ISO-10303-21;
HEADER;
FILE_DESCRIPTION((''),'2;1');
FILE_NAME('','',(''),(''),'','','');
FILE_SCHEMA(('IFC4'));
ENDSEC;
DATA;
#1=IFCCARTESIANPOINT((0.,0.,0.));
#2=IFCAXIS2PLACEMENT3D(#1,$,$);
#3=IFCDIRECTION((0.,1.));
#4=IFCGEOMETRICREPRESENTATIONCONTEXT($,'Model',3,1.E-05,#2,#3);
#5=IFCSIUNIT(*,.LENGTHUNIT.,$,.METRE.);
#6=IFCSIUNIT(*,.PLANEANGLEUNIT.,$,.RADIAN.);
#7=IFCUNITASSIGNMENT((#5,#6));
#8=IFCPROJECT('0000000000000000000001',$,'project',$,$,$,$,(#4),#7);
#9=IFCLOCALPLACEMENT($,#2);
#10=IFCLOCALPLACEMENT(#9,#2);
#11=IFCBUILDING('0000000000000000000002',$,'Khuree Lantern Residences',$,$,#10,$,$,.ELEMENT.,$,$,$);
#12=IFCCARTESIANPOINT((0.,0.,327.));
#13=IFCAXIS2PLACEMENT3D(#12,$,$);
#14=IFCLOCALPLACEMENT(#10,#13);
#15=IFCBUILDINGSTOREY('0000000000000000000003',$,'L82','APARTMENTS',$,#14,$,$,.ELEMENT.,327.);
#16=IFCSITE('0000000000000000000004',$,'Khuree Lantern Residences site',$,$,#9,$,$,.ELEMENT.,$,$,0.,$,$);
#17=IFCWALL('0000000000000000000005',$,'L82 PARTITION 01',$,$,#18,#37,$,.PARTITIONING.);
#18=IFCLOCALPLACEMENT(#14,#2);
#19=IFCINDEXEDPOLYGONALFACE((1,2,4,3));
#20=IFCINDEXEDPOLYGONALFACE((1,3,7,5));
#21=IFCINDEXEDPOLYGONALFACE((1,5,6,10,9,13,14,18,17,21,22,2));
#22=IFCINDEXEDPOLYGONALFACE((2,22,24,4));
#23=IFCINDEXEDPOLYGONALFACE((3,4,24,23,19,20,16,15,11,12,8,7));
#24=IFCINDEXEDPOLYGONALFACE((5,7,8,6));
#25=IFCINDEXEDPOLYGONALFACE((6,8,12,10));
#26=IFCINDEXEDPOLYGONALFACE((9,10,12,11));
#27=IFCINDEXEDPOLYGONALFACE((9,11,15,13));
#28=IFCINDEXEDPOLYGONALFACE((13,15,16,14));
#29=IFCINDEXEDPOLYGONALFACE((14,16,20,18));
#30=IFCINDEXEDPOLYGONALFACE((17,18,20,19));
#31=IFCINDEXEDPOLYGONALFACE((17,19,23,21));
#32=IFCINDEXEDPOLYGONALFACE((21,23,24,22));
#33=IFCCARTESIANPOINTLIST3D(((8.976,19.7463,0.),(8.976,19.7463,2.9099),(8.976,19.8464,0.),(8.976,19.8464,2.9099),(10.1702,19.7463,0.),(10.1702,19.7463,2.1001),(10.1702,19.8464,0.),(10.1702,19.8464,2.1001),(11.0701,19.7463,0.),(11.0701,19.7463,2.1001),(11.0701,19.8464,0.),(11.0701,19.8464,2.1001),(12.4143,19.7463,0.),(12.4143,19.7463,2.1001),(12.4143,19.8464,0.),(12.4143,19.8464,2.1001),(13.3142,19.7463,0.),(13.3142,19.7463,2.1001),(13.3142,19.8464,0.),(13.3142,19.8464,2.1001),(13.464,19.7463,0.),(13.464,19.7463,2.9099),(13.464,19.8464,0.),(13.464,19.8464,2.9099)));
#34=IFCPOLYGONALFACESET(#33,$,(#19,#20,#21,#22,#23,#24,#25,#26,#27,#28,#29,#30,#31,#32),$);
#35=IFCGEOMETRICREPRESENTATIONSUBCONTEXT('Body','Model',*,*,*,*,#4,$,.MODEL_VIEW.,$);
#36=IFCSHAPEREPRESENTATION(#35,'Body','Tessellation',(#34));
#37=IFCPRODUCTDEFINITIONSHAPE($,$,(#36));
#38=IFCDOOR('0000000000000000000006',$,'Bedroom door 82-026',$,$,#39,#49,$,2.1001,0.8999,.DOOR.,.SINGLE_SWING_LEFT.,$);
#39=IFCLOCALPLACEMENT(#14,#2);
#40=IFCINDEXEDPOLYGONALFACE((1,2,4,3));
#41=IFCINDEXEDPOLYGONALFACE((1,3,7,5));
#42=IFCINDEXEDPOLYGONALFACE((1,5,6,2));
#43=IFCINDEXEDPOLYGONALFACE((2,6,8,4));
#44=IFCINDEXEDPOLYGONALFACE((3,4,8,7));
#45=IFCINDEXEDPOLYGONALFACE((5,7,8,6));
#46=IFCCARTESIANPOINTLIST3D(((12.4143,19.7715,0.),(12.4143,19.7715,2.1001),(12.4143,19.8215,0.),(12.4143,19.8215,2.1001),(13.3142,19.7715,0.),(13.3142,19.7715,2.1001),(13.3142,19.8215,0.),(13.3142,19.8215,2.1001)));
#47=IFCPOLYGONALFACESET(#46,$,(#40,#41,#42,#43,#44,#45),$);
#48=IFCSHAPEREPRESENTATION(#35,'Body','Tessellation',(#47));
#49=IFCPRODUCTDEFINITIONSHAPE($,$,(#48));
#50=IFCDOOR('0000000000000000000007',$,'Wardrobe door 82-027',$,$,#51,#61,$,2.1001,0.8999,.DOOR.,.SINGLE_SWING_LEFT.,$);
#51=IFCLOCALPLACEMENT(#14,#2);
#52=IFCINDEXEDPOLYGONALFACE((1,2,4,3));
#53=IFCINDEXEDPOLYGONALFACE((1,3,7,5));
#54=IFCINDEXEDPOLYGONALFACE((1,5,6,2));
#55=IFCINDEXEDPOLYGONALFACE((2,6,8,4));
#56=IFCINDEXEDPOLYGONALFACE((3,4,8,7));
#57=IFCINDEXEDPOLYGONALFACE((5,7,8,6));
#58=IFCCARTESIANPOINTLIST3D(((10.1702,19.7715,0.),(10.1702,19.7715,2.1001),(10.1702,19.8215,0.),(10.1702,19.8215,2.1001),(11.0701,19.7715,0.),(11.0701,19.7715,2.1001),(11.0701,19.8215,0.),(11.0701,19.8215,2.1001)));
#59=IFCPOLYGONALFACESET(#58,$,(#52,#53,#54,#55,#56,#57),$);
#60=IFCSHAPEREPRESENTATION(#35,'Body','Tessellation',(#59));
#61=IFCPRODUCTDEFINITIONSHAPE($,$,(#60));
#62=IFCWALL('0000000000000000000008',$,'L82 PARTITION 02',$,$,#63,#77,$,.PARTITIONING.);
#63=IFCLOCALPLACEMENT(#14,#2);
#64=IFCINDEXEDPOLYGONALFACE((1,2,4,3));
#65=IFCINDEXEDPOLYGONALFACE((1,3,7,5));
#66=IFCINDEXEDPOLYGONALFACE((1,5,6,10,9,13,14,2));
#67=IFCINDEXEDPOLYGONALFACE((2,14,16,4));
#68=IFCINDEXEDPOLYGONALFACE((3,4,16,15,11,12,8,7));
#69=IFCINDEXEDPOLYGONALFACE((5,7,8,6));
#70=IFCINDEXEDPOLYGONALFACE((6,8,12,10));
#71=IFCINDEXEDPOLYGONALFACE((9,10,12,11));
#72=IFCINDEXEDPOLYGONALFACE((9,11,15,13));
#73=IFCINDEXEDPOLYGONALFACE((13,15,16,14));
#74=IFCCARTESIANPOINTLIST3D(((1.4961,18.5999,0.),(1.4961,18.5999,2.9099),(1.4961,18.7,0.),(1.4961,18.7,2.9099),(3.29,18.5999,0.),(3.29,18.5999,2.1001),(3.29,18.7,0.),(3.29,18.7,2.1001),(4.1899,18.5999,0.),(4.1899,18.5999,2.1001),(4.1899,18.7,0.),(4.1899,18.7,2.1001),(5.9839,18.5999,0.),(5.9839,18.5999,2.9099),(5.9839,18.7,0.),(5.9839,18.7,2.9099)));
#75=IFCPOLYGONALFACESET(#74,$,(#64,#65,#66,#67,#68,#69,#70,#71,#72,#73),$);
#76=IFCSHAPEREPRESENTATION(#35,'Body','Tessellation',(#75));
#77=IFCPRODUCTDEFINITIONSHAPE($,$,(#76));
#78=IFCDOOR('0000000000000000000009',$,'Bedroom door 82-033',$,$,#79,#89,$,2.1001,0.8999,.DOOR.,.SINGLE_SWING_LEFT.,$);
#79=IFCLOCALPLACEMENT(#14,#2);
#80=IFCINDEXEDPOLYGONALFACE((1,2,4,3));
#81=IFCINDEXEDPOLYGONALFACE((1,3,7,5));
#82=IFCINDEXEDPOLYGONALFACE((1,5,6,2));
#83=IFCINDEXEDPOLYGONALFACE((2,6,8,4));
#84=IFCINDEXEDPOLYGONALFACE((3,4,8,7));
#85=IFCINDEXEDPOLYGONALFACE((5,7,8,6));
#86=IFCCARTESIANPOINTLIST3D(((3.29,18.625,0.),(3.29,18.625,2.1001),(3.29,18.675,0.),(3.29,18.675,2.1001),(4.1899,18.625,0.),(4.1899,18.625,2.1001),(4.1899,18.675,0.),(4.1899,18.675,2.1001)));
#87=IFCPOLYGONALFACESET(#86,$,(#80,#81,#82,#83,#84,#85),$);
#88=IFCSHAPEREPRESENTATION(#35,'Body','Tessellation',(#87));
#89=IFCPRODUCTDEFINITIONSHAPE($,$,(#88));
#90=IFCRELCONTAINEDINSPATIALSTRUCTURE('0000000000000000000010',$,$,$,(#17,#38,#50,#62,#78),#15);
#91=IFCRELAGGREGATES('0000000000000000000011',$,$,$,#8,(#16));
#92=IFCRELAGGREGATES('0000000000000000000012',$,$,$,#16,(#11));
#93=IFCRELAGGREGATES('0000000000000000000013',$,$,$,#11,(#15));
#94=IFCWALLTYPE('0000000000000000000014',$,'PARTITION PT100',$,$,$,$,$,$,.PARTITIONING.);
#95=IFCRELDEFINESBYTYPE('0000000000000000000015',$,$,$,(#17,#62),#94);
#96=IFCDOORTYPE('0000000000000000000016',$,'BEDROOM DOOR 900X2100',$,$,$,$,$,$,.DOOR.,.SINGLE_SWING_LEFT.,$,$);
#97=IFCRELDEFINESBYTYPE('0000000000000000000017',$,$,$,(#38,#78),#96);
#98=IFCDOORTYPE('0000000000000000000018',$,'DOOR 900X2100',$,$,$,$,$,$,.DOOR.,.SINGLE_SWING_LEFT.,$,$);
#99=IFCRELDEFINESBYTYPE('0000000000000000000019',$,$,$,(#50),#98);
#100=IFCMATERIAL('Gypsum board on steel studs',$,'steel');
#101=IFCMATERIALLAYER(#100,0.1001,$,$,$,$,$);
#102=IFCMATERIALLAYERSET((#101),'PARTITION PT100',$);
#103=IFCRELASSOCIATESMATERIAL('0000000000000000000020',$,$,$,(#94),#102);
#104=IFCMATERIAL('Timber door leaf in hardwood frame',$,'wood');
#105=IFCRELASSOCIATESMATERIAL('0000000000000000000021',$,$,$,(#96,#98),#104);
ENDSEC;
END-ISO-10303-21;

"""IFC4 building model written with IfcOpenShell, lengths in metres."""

from ifc_helpers import new_model, si_unit, direction, frame, frame_2d, origin, place, context, subcontext, project, spatial, rectangle, extrude, material, layer, layer_set, type_object, element, fill, save


model = new_model("IFC4")

# Units and contexts
model_context = context("Model", 3, precision=1e-05, world=origin(), true_north=direction((0.0, 1.0)))
body_context = subcontext(model_context, "Body", "Model", "MODEL_VIEW")
ifc_project = project(units=[si_unit("LENGTHUNIT", "METRE"), si_unit("PLANEANGLEUNIT", "RADIAN")], contexts=[model_context])

# Site, building, storey
site_placement = place(None, origin())
site = spatial("IfcSite", under=ifc_project, at=site_placement, Name="Khuree Lantern Residences site", CompositionType="ELEMENT", RefElevation=0.0)
building_placement = place(site_placement, origin())
building = spatial("IfcBuilding", under=site, at=building_placement, Name="Khuree Lantern Residences", CompositionType="ELEMENT")
storey_placement = place(building_placement, frame((0.0, 0.0, 327.0)))
storey = spatial("IfcBuildingStorey", under=building, at=storey_placement, Name="L82", Description="APARTMENTS", CompositionType="ELEMENT", Elevation=327.0)

# Shared definitions
ifc_material_1 = material(Name="Gypsum board on steel studs", Category="steel")
ifc_layer_1 = layer(ifc_material_1, 0.1001)
ifc_layer_set_1 = layer_set([ifc_layer_1], Name="PARTITION PT100")
wall_type = type_object("IfcWallType", Name="PARTITION PT100", PredefinedType="PARTITIONING", material=ifc_layer_set_1)

# Wall, openings, doors
wall_1_placement = place(storey_placement, frame((13.4641, 19.7964, 0.0), z_axis=(0.0, 0.0, 1.0), x_axis=(-1.0, 0.0, 0.0)))
wall_1 = element("IfcWall", 1, at=wall_1_placement, inside=storey, type_object=wall_type, Name="L82 PARTITION 01", PredefinedType="PARTITIONING", context=body_context, shape_type="SweptSolid", body=[
    extrude(rectangle(XDim=4.488, YDim=0.1001, at=frame_2d((2.2441, 0.0))), origin(), (0.0, 0.0, 1.0), 2.9099),
])
opening_1_placement = place(wall_1_placement, frame((0.1499, 0.0, 0.0)))
opening_1 = element("IfcOpeningElement", 2, at=opening_1_placement, cuts=wall_1, PredefinedType="OPENING", context=body_context, shape_type="SweptSolid", body=[
    extrude(rectangle(XDim=0.8999, YDim=2.1001, at=frame_2d((0.45, 1.05))), frame((0.0, 0.0601, 0.0), z_axis=(0.0, -1.0, 0.0), x_axis=(1.0, 0.0, 0.0)), (0.0, 0.0, 1.0), 0.1201),
])
opening_2_placement = place(wall_1_placement, frame((2.394, 0.0, 0.0)))
opening_2 = element("IfcOpeningElement", 3, at=opening_2_placement, cuts=wall_1, PredefinedType="OPENING", context=body_context, shape_type="SweptSolid", body=[
    extrude(rectangle(XDim=0.8999, YDim=2.1001, at=frame_2d((0.45, 1.05))), frame((0.0, 0.0601, 0.0), z_axis=(0.0, -1.0, 0.0), x_axis=(1.0, 0.0, 0.0)), (0.0, 0.0, 1.0), 0.1201),
])
ifc_material_2 = material(Name="Timber door leaf in hardwood frame", Category="wood")
door_type_1 = type_object("IfcDoorType", Name="BEDROOM DOOR 900X2100", OperationType="SINGLE_SWING_LEFT", PredefinedType="DOOR", material=ifc_material_2)
door_1_placement = place(opening_1_placement, origin())
door_1 = element("IfcDoor", 4, at=door_1_placement, inside=storey, type_object=door_type_1, Name="Bedroom door 82-026", OperationType="SINGLE_SWING_LEFT", OverallHeight=2.1001, OverallWidth=0.8999, PredefinedType="DOOR", context=body_context, shape_type="SweptSolid", body=[
    extrude(rectangle(XDim=0.8999, YDim=2.1001, at=frame_2d((0.45, 1.05))), frame((0.0, 0.0249, 0.0), z_axis=(0.0, -1.0, 0.0), x_axis=(1.0, 0.0, 0.0)), (0.0, 0.0, 1.0), 0.05),
])
fill(opening_1, door_1)
door_type_2 = type_object("IfcDoorType", Name="DOOR 900X2100", OperationType="SINGLE_SWING_LEFT", PredefinedType="DOOR", material=ifc_material_2)
door_2_placement = place(opening_2_placement, origin())
door_2 = element("IfcDoor", 5, at=door_2_placement, inside=storey, type_object=door_type_2, Name="Wardrobe door 82-027", OperationType="SINGLE_SWING_LEFT", OverallHeight=2.1001, OverallWidth=0.8999, PredefinedType="DOOR", context=body_context, shape_type="SweptSolid", body=[
    extrude(rectangle(XDim=0.8999, YDim=2.1001, at=frame_2d((0.45, 1.05))), frame((0.0, 0.0249, 0.0), z_axis=(0.0, -1.0, 0.0), x_axis=(1.0, 0.0, 0.0)), (0.0, 0.0, 1.0), 0.05),
])
fill(opening_2, door_2)

# Wall, opening, door
wall_2_placement = place(storey_placement, frame((5.9839, 18.6499, 0.0), z_axis=(0.0, 0.0, 1.0), x_axis=(-1.0, 0.0, 0.0)))
wall_2 = element("IfcWall", 6, at=wall_2_placement, inside=storey, type_object=wall_type, Name="L82 PARTITION 02", PredefinedType="PARTITIONING", context=body_context, shape_type="SweptSolid", body=[
    extrude(rectangle(XDim=4.4878, YDim=0.1001, at=frame_2d((2.2439, 0.0))), origin(), (0.0, 0.0, 1.0), 2.9099),
])
opening_3_placement = place(wall_2_placement, frame((1.7939, 0.0, 0.0)))
opening_3 = element("IfcOpeningElement", 7, at=opening_3_placement, cuts=wall_2, PredefinedType="OPENING", context=body_context, shape_type="SweptSolid", body=[
    extrude(rectangle(XDim=0.8999, YDim=2.1001, at=frame_2d((0.45, 1.05))), frame((0.0, 0.0601, 0.0), z_axis=(0.0, -1.0, 0.0), x_axis=(1.0, 0.0, 0.0)), (0.0, 0.0, 1.0), 0.1201),
])
door_3_placement = place(opening_3_placement, origin())
door_3 = element("IfcDoor", 8, at=door_3_placement, inside=storey, type_object=door_type_1, Name="Bedroom door 82-033", OperationType="SINGLE_SWING_LEFT", OverallHeight=2.1001, OverallWidth=0.8999, PredefinedType="DOOR", context=body_context, shape_type="SweptSolid", body=[
    extrude(rectangle(XDim=0.8999, YDim=2.1001, at=frame_2d((0.45, 1.05))), frame((0.0, 0.0249, 0.0), z_axis=(0.0, -1.0, 0.0), x_axis=(1.0, 0.0, 0.0)), (0.0, 0.0, 1.0), 0.05),
])
fill(opening_3, door_3)

save(model, "model.ifc")
